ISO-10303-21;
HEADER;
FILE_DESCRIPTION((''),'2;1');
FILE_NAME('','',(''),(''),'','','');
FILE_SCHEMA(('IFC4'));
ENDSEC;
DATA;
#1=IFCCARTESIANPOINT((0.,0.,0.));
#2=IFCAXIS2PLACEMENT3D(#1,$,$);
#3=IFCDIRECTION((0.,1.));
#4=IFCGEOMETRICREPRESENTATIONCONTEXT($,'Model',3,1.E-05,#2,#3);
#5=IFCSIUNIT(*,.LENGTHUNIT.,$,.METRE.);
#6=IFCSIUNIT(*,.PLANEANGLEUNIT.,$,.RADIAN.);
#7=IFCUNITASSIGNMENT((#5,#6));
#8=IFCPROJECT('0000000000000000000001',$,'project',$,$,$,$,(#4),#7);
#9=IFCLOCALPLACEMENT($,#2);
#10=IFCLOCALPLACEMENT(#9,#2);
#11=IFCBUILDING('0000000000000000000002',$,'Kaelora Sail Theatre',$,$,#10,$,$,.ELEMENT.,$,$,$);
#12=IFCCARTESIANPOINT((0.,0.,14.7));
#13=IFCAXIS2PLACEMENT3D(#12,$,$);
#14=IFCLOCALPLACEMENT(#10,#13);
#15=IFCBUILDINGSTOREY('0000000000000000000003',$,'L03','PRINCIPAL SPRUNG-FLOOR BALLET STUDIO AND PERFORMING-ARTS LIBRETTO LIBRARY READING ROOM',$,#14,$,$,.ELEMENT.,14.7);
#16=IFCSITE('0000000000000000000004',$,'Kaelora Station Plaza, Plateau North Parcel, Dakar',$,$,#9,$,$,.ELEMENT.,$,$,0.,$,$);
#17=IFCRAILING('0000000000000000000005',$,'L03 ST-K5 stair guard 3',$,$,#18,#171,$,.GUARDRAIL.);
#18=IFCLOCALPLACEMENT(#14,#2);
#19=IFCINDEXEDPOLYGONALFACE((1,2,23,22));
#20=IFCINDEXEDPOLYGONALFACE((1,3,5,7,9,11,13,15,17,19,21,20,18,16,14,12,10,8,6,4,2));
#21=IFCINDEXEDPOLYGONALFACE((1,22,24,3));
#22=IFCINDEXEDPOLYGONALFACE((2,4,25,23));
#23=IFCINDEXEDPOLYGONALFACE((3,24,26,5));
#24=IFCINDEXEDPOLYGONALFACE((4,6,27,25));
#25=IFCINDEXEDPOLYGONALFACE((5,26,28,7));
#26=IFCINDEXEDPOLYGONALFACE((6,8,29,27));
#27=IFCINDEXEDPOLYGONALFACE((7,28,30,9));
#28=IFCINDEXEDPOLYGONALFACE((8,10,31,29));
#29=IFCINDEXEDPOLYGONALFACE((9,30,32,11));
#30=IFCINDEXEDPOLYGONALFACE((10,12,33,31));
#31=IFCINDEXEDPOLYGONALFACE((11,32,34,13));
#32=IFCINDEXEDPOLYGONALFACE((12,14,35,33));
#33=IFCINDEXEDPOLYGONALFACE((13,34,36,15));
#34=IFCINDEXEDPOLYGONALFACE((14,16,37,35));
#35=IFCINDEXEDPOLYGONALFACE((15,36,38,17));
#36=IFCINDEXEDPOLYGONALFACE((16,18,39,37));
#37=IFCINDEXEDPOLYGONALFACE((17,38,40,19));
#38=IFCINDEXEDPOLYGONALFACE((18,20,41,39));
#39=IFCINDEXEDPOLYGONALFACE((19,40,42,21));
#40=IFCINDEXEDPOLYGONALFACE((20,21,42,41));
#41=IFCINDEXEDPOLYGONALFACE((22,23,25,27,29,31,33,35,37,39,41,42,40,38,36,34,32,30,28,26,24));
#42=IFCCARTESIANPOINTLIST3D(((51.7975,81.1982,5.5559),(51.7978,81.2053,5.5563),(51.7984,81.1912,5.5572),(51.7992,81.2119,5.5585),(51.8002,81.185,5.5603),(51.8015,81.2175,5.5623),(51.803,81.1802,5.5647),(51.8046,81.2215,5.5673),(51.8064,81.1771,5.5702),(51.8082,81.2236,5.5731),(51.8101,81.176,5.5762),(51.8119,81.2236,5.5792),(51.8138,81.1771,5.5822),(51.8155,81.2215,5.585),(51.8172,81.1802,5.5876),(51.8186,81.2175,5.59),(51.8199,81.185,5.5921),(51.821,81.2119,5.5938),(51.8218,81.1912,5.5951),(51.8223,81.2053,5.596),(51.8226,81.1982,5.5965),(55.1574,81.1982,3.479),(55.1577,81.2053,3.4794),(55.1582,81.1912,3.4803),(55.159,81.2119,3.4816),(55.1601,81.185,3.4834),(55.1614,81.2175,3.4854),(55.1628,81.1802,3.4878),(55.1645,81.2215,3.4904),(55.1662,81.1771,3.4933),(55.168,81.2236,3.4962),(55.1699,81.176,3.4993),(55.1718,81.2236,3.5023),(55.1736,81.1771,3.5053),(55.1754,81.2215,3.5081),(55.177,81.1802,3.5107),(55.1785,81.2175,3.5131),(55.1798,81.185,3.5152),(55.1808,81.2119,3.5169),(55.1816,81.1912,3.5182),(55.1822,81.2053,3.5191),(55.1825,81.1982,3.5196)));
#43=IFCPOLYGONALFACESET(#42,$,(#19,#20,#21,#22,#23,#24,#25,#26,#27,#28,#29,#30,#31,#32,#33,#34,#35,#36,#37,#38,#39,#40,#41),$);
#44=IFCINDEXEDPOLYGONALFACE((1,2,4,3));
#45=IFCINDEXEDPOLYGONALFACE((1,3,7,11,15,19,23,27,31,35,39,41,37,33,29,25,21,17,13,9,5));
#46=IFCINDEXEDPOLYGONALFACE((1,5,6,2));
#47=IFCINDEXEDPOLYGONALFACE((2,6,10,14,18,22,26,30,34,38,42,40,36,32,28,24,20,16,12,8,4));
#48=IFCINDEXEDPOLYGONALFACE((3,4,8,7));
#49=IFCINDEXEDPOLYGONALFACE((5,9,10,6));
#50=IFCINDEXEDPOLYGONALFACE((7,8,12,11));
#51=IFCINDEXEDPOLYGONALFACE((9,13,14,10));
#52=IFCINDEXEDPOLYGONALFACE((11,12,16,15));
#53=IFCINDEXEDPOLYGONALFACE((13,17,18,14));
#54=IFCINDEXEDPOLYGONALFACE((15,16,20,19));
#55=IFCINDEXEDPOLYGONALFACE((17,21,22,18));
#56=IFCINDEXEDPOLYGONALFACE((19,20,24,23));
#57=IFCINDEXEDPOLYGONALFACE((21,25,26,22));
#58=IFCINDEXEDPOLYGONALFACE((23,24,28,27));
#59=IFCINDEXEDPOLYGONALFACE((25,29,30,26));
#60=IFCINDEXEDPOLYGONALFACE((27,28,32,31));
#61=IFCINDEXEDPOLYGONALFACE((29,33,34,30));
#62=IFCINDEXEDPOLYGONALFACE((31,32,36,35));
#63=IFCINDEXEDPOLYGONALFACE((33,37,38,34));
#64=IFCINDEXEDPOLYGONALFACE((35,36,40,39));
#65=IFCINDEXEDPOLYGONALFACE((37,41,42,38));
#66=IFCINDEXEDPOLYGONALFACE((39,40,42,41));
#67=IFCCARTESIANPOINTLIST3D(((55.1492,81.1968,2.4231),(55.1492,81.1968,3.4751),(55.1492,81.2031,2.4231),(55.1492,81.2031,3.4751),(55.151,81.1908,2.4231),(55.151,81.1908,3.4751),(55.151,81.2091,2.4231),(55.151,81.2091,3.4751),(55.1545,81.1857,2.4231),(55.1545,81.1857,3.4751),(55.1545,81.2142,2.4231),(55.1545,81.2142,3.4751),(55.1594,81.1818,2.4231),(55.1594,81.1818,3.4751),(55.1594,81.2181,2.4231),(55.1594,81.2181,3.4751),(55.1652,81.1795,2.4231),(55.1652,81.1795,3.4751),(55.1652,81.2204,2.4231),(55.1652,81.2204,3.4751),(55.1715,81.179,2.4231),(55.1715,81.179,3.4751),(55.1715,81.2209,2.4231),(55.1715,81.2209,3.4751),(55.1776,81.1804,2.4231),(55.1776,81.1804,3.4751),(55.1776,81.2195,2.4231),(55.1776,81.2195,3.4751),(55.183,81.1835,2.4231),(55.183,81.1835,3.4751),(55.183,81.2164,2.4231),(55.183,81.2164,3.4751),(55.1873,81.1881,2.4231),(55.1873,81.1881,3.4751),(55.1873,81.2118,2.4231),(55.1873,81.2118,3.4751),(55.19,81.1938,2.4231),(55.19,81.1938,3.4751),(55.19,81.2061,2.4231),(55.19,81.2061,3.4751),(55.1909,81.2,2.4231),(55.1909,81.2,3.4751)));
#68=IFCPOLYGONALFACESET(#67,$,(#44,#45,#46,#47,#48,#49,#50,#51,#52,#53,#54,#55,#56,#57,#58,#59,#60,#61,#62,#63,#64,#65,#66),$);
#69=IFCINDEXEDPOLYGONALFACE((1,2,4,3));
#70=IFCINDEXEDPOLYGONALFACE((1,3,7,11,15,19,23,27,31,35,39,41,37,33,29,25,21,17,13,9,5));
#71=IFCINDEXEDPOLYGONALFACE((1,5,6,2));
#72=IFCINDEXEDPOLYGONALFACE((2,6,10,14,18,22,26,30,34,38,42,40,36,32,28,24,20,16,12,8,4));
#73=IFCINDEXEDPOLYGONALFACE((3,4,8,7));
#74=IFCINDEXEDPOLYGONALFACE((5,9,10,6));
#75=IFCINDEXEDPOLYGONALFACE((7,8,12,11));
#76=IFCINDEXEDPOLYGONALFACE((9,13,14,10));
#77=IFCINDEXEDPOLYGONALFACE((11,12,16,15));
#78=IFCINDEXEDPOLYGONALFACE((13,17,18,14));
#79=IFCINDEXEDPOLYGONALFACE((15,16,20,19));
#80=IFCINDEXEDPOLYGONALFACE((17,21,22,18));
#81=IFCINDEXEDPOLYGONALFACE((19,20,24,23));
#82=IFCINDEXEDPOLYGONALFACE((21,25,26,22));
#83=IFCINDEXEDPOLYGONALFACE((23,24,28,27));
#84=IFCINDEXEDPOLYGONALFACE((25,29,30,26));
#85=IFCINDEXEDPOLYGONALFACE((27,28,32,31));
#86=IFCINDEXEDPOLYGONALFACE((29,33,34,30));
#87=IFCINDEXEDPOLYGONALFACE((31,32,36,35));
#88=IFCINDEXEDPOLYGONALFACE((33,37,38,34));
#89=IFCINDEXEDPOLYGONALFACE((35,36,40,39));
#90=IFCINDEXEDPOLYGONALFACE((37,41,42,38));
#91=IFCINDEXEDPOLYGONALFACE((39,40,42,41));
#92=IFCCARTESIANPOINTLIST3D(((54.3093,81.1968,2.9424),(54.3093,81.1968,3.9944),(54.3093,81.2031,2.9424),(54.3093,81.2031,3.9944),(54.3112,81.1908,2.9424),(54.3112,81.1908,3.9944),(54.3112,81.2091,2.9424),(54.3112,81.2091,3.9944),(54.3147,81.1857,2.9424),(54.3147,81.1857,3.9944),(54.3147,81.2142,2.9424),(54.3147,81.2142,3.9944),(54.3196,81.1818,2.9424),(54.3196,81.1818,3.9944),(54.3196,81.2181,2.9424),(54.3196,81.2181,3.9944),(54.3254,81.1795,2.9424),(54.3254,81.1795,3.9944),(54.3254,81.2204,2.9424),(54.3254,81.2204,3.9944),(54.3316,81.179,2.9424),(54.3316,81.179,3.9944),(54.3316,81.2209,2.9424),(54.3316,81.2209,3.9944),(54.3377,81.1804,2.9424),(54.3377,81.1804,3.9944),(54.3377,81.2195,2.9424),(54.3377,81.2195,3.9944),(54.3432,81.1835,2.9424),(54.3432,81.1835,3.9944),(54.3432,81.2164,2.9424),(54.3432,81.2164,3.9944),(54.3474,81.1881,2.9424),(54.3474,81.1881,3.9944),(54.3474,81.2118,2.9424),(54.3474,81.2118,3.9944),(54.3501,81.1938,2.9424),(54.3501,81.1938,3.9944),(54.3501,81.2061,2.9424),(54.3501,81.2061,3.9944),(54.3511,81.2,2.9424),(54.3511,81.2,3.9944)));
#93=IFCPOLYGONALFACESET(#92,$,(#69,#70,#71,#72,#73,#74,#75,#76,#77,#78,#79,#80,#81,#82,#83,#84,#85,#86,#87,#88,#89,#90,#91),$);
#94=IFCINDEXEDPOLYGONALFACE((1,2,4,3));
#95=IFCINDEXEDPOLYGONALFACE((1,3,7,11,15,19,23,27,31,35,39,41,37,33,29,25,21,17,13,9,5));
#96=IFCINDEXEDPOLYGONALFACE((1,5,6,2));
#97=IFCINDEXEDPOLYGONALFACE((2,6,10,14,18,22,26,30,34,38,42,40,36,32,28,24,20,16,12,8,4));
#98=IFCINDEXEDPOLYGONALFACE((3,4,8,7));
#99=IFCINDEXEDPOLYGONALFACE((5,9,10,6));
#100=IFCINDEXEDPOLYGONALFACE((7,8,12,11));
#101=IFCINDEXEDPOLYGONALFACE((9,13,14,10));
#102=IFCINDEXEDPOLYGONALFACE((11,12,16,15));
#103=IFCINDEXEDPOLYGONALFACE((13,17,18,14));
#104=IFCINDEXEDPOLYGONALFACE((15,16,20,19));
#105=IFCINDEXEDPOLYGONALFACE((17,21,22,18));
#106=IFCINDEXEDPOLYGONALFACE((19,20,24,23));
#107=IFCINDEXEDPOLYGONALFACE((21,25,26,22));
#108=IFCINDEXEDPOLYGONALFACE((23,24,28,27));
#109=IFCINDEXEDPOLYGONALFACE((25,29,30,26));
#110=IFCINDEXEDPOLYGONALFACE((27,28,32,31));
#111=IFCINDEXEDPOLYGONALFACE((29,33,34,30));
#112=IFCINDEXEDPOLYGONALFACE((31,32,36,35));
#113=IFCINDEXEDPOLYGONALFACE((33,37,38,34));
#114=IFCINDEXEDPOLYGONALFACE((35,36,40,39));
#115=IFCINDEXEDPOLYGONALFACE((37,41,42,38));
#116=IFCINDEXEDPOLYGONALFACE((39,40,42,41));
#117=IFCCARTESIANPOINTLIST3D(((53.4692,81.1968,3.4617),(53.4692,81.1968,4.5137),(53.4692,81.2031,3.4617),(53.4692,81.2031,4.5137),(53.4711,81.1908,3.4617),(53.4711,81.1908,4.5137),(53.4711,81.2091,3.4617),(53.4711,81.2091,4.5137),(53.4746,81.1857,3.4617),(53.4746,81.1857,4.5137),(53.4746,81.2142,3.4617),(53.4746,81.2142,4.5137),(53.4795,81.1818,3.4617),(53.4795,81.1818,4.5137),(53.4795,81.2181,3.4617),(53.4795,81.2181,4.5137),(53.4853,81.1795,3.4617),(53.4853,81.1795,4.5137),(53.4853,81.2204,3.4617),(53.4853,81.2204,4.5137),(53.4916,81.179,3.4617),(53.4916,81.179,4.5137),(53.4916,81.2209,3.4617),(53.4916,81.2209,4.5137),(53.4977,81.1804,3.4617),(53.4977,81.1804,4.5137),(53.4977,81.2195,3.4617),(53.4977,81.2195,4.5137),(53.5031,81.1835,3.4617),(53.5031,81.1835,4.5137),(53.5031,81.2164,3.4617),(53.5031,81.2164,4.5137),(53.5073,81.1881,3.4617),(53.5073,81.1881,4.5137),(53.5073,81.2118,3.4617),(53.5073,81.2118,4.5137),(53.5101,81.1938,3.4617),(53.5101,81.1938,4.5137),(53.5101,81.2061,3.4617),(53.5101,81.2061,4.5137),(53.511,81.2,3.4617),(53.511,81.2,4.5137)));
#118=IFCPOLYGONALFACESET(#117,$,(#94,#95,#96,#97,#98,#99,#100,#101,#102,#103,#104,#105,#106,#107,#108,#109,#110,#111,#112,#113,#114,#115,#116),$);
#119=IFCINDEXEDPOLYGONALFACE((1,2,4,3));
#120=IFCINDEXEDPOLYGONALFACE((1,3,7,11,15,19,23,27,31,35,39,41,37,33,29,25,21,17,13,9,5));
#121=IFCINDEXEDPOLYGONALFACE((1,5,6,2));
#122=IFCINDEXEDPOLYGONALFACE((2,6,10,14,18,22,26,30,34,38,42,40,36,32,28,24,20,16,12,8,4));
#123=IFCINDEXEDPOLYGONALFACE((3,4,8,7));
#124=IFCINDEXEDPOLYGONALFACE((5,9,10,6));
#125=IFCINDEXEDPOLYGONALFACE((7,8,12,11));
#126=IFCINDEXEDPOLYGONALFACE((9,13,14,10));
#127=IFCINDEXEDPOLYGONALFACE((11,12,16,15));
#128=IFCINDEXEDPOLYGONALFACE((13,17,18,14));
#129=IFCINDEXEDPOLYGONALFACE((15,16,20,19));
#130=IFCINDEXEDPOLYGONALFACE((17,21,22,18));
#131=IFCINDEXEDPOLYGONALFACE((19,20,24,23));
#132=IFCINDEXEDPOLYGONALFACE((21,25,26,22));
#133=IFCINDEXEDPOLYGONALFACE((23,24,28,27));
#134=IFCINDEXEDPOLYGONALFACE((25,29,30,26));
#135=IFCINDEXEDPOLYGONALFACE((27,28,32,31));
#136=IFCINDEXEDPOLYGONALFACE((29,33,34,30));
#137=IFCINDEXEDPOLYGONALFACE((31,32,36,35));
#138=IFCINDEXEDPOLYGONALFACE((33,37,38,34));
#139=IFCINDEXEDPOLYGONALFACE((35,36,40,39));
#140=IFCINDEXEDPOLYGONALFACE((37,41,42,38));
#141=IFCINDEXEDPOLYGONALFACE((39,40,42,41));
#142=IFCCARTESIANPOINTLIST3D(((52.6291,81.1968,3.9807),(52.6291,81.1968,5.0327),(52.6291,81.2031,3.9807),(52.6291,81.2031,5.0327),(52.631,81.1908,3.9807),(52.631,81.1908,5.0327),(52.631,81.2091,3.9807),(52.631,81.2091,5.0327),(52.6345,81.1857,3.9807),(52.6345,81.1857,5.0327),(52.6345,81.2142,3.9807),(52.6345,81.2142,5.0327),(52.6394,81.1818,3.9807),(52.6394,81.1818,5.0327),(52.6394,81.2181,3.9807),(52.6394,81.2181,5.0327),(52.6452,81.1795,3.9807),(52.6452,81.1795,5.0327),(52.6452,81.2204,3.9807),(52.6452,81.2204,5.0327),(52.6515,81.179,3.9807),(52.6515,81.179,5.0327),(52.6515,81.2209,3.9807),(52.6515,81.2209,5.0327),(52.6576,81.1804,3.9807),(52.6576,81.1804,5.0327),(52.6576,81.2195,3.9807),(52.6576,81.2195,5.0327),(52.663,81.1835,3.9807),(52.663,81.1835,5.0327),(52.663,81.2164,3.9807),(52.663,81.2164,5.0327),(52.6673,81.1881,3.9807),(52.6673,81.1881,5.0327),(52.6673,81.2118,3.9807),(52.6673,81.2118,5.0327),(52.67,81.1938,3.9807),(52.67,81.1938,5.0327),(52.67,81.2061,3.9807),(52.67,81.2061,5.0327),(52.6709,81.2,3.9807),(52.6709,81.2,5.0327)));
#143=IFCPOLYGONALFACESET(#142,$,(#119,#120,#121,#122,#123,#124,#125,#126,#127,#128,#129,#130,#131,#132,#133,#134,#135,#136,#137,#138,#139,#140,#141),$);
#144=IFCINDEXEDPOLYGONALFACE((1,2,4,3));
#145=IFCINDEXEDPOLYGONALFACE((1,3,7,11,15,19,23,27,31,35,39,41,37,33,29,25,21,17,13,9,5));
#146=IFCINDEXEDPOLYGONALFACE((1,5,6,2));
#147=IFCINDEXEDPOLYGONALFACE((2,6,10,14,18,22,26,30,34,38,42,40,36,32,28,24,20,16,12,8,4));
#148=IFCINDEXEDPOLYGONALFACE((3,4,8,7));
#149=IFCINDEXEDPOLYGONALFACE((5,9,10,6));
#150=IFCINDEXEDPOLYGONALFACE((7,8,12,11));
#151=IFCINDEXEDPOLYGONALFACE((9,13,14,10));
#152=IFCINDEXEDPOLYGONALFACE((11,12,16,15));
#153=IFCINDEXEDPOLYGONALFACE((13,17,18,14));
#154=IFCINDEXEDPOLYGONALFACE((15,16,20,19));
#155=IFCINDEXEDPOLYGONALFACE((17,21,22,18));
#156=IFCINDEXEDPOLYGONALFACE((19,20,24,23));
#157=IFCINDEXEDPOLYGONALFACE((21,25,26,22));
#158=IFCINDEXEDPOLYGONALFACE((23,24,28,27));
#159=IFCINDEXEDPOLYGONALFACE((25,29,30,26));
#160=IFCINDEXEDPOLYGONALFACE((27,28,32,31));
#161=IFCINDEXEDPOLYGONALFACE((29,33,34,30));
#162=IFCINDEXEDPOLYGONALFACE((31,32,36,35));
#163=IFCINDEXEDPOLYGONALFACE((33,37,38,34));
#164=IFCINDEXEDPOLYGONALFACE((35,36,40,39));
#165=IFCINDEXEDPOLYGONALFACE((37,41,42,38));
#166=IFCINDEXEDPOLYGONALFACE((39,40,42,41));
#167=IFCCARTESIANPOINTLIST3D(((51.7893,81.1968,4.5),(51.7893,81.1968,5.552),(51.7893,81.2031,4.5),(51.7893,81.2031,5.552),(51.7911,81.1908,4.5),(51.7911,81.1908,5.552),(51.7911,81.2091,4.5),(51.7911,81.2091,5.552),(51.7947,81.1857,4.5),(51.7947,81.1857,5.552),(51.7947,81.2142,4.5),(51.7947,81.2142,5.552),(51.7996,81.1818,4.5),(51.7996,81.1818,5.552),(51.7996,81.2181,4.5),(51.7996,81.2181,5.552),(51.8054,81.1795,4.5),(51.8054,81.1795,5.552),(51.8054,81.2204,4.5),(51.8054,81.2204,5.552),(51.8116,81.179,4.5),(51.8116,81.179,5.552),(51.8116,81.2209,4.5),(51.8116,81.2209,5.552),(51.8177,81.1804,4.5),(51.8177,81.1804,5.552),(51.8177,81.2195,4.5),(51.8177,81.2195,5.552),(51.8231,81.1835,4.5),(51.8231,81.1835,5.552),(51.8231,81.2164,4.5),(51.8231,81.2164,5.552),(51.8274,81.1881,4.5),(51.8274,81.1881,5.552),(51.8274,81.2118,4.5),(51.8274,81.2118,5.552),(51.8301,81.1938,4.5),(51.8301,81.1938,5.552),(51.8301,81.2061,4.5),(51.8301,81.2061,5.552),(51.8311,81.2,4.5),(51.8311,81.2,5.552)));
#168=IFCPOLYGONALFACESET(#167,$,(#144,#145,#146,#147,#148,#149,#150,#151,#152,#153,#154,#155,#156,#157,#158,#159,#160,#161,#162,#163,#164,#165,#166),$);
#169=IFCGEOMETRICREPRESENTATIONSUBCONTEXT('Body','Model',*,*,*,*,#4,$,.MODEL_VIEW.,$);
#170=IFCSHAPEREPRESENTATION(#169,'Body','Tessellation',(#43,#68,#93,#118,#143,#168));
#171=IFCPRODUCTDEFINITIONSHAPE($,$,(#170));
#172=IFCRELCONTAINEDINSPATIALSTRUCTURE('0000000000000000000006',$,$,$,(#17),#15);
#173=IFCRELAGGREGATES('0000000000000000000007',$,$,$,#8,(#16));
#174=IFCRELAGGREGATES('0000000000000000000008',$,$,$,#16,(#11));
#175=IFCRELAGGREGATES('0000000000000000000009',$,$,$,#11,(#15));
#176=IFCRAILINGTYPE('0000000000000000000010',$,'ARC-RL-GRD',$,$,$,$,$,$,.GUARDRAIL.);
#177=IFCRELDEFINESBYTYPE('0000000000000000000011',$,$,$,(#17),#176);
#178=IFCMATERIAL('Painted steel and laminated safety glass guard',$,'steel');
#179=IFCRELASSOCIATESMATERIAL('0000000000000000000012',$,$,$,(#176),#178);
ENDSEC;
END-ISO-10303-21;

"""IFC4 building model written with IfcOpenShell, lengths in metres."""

from ifc_helpers import new_model, si_unit, direction, frame, origin, origin_2d, place, context, subcontext, project, spatial, circle, extrude, material, type_object, element, save


model = new_model("IFC4")

# Units and contexts
model_context = context("Model", 3, precision=1e-05, world=origin(), true_north=direction((0.0, 1.0)))
body_context = subcontext(model_context, "Body", "Model", "MODEL_VIEW")
ifc_project = project(units=[si_unit("LENGTHUNIT", "METRE"), si_unit("PLANEANGLEUNIT", "RADIAN")], contexts=[model_context])

# Site, building, storey
site_placement = place(None, origin())
site = spatial("IfcSite", under=ifc_project, at=site_placement, Name="Kaelora Station Plaza, Plateau North Parcel, Dakar", CompositionType="ELEMENT", RefElevation=0.0)
building_placement = place(site_placement, origin())
building = spatial("IfcBuilding", under=site, at=building_placement, Name="Kaelora Sail Theatre", CompositionType="ELEMENT")
storey_placement = place(building_placement, frame((0.0, 0.0, 14.7)))
storey = spatial("IfcBuildingStorey", under=building, at=storey_placement, Name="L03", Description="PRINCIPAL SPRUNG-FLOOR BALLET STUDIO AND PERFORMING-ARTS LIBRETTO LIBRARY READING ROOM", CompositionType="ELEMENT", Elevation=14.7)

# Railing
ifc_material_1 = material(Name="Painted steel and laminated safety glass guard", Category="steel")
railing_type_1 = type_object("IfcRailingType", Name="ARC-RL-GRD", PredefinedType="GUARDRAIL", material=ifc_material_1)
railing_1_placement = place(storey_placement, frame((55.1699, 81.2, 2.4231)))
element("IfcRailing", 1, at=railing_1_placement, inside=storey, type_object=railing_type_1, Name="L03 ST-K5 stair guard 3", PredefinedType="GUARDRAIL", context=body_context, shape_type="SweptSolid", body=[
    extrude(circle(Radius=0.0239, at=origin_2d()), frame((0.0, 0.0, 1.0762), z_axis=(-0.850606, 0.0, 0.525803), x_axis=(0.0, -1.0, 0.0)), (0.0, 0.0, 1.0), 3.95),
    extrude(circle(Radius=0.021, at=origin_2d()), origin(), (0.0, 0.0, 1.0), 1.052),
    extrude(circle(Radius=0.021, at=origin_2d()), frame((-0.8398, 0.0, 0.5193)), (0.0, 0.0, 1.0), 1.052),
    extrude(circle(Radius=0.021, at=origin_2d()), frame((-1.6799, 0.0, 1.0386)), (0.0, 0.0, 1.0), 1.052),
    extrude(circle(Radius=0.021, at=origin_2d()), frame((-2.52, 0.0, 1.5576)), (0.0, 0.0, 1.0), 1.052),
    extrude(circle(Radius=0.021, at=origin_2d()), frame((-3.3599, 0.0, 2.0769)), (0.0, 0.0, 1.0), 1.052),
])

save(model, "model.ifc")
